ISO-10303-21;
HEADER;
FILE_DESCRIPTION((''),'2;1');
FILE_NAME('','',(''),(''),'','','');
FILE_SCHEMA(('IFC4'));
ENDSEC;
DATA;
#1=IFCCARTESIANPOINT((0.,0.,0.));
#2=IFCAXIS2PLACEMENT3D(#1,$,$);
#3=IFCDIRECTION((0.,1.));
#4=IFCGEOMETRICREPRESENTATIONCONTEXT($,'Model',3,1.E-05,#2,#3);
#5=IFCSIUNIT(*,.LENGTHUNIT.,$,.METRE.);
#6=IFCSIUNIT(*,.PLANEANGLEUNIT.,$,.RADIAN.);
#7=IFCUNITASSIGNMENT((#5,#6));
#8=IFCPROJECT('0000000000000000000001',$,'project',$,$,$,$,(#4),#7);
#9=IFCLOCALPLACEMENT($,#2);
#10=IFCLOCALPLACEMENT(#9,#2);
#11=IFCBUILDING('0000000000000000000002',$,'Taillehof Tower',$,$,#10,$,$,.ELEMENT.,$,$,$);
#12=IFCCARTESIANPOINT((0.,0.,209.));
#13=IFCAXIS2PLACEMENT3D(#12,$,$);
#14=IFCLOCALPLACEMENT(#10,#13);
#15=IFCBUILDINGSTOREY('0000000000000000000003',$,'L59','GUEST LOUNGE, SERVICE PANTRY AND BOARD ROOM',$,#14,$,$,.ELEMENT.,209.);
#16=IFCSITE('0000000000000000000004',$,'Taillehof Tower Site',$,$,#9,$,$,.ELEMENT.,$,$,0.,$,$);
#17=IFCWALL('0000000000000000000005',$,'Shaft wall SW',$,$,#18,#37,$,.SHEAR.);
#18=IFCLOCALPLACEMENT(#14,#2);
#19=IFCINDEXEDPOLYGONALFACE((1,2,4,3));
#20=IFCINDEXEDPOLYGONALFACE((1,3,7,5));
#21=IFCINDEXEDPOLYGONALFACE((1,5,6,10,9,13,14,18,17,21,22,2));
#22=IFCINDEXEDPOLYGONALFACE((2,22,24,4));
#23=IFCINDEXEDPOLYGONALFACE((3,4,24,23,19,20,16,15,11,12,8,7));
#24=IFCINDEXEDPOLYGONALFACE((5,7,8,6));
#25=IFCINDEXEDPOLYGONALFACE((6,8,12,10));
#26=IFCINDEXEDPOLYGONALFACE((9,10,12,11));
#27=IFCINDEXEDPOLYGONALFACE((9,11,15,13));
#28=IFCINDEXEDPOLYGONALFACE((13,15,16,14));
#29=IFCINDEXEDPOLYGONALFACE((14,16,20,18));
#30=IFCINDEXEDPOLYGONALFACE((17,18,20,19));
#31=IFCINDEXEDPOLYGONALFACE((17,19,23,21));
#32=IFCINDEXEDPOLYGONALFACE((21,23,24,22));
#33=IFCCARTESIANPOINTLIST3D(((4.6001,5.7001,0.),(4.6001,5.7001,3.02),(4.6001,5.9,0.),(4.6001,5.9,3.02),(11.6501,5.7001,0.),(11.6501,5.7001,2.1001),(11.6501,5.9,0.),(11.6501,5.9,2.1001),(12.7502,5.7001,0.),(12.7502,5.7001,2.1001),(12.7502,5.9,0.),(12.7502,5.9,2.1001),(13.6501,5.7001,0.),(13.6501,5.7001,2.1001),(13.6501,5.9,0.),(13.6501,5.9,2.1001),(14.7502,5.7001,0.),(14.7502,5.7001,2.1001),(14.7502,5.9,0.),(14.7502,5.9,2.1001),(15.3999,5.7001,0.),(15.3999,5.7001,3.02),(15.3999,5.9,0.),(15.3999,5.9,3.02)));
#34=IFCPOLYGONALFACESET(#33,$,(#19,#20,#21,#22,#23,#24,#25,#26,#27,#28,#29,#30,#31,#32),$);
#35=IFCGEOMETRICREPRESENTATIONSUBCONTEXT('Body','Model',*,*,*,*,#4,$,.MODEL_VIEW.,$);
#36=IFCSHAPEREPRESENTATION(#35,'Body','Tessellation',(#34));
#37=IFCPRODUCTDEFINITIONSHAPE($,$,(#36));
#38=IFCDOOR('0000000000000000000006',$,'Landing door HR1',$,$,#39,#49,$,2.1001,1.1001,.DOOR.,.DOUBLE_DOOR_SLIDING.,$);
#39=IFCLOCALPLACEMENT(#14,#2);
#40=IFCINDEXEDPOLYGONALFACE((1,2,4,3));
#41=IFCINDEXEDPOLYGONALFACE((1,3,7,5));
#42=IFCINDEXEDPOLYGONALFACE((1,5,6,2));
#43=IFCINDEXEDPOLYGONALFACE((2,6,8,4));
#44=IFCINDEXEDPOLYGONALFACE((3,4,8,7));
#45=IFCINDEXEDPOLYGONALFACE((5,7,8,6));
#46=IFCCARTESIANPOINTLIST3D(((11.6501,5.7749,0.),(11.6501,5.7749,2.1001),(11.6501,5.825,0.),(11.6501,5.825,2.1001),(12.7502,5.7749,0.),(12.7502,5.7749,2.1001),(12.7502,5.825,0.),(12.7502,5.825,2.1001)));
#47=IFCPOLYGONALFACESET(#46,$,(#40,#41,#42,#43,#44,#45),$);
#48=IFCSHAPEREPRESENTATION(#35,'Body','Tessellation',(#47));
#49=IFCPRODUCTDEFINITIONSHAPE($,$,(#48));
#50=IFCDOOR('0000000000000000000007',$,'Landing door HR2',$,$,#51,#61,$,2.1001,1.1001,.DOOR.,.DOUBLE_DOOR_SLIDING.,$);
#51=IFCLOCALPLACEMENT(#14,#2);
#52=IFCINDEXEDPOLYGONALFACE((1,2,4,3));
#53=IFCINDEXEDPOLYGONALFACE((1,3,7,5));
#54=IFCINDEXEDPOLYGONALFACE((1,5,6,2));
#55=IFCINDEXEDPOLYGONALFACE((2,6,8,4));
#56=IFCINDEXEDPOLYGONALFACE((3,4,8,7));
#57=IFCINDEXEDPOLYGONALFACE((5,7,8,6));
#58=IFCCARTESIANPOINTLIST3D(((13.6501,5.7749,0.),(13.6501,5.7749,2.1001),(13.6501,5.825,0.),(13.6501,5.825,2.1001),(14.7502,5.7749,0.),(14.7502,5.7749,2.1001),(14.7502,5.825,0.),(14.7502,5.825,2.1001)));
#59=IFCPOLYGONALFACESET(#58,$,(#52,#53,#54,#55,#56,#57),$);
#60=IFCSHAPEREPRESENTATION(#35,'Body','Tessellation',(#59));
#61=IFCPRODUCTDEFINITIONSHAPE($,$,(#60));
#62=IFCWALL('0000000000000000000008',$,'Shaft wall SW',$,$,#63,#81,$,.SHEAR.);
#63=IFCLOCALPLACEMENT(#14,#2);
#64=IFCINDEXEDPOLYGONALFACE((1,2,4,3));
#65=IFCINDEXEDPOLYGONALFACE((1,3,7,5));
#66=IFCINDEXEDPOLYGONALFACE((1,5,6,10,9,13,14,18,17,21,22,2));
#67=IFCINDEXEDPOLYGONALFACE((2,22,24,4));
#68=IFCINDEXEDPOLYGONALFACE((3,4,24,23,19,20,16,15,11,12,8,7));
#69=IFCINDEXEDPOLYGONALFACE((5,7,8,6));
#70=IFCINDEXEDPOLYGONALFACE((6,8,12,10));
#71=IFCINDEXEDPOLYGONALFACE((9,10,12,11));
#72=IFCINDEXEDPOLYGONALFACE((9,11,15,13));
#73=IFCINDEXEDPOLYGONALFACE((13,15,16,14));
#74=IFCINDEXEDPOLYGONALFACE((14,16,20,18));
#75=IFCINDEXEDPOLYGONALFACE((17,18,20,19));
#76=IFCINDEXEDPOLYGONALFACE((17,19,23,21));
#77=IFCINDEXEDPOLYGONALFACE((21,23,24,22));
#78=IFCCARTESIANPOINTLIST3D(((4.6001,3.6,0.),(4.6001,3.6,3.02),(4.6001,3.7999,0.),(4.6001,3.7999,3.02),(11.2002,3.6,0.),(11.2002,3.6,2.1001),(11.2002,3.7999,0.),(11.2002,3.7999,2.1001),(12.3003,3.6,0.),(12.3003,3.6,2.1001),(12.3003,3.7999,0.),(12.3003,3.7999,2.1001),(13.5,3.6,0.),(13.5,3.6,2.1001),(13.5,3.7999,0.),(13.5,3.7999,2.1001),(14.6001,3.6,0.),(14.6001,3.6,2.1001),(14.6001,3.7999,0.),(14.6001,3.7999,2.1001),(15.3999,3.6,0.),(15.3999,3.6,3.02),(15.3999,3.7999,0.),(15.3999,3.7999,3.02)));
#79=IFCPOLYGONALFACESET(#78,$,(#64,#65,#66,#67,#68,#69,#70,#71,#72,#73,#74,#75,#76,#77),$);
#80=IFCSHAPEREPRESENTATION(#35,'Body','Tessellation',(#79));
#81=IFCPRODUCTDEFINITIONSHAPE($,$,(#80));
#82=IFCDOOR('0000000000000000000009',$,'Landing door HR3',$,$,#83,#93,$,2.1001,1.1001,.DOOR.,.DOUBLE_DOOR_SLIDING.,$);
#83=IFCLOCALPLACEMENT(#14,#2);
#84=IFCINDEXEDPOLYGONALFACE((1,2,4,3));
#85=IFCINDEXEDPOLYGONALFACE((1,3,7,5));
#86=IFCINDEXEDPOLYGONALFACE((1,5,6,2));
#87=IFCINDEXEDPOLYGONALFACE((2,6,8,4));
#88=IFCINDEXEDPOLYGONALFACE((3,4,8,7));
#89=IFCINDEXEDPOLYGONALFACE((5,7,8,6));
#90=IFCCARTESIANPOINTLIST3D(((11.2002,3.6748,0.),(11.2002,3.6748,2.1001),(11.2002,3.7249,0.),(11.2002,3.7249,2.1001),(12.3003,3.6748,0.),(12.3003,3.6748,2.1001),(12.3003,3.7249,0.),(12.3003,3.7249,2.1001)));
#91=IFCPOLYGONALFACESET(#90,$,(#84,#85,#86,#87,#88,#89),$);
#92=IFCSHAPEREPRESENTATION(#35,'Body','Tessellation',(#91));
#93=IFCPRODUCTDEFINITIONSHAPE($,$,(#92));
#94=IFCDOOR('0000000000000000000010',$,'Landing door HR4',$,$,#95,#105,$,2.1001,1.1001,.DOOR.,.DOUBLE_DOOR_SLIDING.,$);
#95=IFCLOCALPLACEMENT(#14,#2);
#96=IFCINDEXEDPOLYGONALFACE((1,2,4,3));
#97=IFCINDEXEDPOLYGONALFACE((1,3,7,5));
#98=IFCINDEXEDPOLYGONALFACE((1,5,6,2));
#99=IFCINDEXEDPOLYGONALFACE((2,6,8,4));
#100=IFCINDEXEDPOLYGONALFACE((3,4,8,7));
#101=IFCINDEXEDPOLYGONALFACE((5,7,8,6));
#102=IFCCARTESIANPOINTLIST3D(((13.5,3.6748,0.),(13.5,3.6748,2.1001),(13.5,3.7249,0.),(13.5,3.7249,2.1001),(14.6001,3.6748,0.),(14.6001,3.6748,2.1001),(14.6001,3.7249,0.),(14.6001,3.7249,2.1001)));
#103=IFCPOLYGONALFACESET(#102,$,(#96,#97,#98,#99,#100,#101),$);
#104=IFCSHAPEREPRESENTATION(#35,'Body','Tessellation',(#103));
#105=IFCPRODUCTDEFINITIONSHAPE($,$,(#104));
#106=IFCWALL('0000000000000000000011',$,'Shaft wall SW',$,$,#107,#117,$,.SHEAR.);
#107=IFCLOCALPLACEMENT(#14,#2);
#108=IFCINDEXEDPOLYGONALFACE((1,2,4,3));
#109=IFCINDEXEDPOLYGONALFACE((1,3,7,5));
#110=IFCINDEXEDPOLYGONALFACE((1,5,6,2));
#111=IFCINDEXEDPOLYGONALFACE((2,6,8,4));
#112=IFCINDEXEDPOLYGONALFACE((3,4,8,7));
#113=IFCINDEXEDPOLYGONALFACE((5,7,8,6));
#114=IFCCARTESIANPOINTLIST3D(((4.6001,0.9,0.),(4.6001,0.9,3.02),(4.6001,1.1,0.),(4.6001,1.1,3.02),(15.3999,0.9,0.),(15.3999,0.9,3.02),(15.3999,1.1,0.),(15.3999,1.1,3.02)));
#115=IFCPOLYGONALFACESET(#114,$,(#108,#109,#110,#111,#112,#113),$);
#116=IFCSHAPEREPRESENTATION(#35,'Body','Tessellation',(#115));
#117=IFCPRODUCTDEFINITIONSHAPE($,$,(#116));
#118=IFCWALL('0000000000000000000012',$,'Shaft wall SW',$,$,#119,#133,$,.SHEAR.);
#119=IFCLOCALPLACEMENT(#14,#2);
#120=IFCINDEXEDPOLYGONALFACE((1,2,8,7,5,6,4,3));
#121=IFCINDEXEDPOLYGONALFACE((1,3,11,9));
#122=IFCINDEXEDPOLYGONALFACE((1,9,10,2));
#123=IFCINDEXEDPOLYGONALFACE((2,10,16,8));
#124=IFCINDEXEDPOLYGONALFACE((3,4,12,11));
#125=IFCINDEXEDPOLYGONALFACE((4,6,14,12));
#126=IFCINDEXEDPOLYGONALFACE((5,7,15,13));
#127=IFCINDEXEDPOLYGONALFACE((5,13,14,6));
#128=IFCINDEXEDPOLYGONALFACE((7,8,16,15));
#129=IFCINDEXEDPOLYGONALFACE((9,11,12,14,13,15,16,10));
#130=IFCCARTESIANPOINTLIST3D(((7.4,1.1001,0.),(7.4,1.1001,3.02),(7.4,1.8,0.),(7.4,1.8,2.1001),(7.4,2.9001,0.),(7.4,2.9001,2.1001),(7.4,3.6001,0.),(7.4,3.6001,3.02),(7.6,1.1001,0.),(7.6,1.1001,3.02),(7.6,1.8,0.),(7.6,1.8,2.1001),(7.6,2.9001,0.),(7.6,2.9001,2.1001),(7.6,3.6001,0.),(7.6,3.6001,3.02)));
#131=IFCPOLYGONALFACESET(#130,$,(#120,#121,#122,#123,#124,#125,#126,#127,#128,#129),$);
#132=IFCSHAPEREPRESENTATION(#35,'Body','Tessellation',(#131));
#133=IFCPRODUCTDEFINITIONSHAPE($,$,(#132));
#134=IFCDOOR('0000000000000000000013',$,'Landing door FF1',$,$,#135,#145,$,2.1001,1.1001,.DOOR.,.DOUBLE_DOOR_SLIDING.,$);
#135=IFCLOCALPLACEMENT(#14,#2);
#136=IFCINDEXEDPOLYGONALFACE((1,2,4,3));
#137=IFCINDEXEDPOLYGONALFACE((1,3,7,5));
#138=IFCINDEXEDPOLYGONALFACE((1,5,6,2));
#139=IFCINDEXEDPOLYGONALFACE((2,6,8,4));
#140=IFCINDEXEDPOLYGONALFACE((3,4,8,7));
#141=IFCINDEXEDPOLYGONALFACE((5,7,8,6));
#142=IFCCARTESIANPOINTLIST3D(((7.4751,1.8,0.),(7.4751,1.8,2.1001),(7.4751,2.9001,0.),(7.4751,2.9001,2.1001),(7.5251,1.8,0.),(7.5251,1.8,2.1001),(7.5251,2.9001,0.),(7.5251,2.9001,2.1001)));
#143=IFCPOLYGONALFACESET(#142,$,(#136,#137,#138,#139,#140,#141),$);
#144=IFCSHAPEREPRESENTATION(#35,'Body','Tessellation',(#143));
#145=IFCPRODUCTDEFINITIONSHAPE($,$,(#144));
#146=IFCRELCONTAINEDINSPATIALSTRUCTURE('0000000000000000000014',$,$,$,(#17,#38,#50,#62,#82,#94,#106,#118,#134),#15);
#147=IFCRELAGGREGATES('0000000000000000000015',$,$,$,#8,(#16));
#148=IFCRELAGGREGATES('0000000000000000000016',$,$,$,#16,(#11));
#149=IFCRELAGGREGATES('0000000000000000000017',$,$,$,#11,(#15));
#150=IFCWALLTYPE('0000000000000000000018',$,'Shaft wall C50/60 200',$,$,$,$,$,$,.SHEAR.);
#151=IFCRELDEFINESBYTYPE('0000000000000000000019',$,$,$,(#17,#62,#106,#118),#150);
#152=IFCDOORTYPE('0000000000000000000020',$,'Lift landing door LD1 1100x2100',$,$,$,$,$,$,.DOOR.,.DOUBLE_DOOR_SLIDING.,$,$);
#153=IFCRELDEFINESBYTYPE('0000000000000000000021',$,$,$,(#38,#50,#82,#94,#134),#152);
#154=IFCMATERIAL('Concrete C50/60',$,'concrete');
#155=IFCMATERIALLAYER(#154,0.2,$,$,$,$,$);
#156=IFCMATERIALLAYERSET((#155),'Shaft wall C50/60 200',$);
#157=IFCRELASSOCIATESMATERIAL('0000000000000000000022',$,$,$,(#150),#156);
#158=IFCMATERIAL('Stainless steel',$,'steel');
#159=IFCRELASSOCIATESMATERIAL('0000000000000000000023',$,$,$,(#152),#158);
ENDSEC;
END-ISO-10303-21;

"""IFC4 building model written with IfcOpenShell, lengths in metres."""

from ifc_helpers import new_model, si_unit, direction, frame, frame_2d, origin, place, context, subcontext, project, spatial, rectangle, extrude, material, layer, layer_set, type_object, element, fill, save


model = new_model("IFC4")

# Units and contexts
model_context = context("Model", 3, precision=1e-05, world=origin(), true_north=direction((0.0, 1.0)))
body_context = subcontext(model_context, "Body", "Model", "MODEL_VIEW")
ifc_project = project(units=[si_unit("LENGTHUNIT", "METRE"), si_unit("PLANEANGLEUNIT", "RADIAN")], contexts=[model_context])

# Site, building, storey
site_placement = place(None, origin())
site = spatial("IfcSite", under=ifc_project, at=site_placement, Name="Taillehof Tower Site", CompositionType="ELEMENT", RefElevation=0.0)
building_placement = place(site_placement, origin())
building = spatial("IfcBuilding", under=site, at=building_placement, Name="Taillehof Tower", CompositionType="ELEMENT")
storey_placement = place(building_placement, frame((0.0, 0.0, 209.0)))
storey = spatial("IfcBuildingStorey", under=building, at=storey_placement, Name="L59", Description="GUEST LOUNGE, SERVICE PANTRY AND BOARD ROOM", CompositionType="ELEMENT", Elevation=209.0)

# Walls, openings, doors
ifc_material_1 = material(Name="Concrete C50/60", Category="concrete")
ifc_layer_1 = layer(ifc_material_1, 0.2)
ifc_layer_set_1 = layer_set([ifc_layer_1], Name="Shaft wall C50/60 200")
wall_type_1 = type_object("IfcWallType", Name="Shaft wall C50/60 200", PredefinedType="SHEAR", material=ifc_layer_set_1)
wall_1_placement = place(storey_placement, frame((4.6001, 5.8, 0.0), z_axis=(0.0, 0.0, 1.0), x_axis=(1.0, 0.0, 0.0)))
wall_1 = element("IfcWall", 1, at=wall_1_placement, inside=storey, type_object=wall_type_1, Name="Shaft wall SW", PredefinedType="SHEAR", context=body_context, shape_type="SweptSolid", body=[
    extrude(rectangle(XDim=10.7998, YDim=0.2, at=frame_2d((5.3999, 0.0))), origin(), (0.0, 0.0, 1.0), 3.02),
])
opening_1_placement = place(wall_1_placement, frame((7.05, 0.0, 0.0)))
opening_1 = element("IfcOpeningElement", 2, at=opening_1_placement, cuts=wall_1, PredefinedType="OPENING", context=body_context, shape_type="SweptSolid", body=[
    extrude(rectangle(XDim=1.1001, YDim=2.1001, at=frame_2d((0.55, 1.05))), frame((0.0, 0.1099, 0.0), z_axis=(0.0, -1.0, 0.0), x_axis=(1.0, 0.0, 0.0)), (0.0, 0.0, 1.0), 0.22),
])
opening_2_placement = place(wall_1_placement, frame((9.05, 0.0, 0.0)))
opening_2 = element("IfcOpeningElement", 3, at=opening_2_placement, cuts=wall_1, PredefinedType="OPENING", context=body_context, shape_type="SweptSolid", body=[
    extrude(rectangle(XDim=1.1001, YDim=2.1001, at=frame_2d((0.55, 1.05))), frame((0.0, 0.1099, 0.0), z_axis=(0.0, -1.0, 0.0), x_axis=(1.0, 0.0, 0.0)), (0.0, 0.0, 1.0), 0.22),
])
ifc_material_2 = material(Name="Stainless steel", Category="steel")
door_type_1 = type_object("IfcDoorType", Name="Lift landing door LD1 1100x2100", OperationType="DOUBLE_DOOR_SLIDING", PredefinedType="DOOR", material=ifc_material_2)
door_1_placement = place(opening_1_placement, origin())
door_1 = element("IfcDoor", 4, at=door_1_placement, inside=storey, type_object=door_type_1, Name="Landing door HR1", OperationType="DOUBLE_DOOR_SLIDING", OverallHeight=2.1001, OverallWidth=1.1001, PredefinedType="DOOR", context=body_context, shape_type="SweptSolid", body=[
    extrude(rectangle(XDim=1.1001, YDim=2.1001, at=frame_2d((0.55, 1.05))), frame((0.0, 0.0249, 0.0), z_axis=(0.0, -1.0, 0.0), x_axis=(1.0, 0.0, 0.0)), (0.0, 0.0, 1.0), 0.05),
])
fill(opening_1, door_1)
door_2_placement = place(opening_2_placement, origin())
door_2 = element("IfcDoor", 5, at=door_2_placement, inside=storey, type_object=door_type_1, Name="Landing door HR2", OperationType="DOUBLE_DOOR_SLIDING", OverallHeight=2.1001, OverallWidth=1.1001, PredefinedType="DOOR", context=body_context, shape_type="SweptSolid", body=[
    extrude(rectangle(XDim=1.1001, YDim=2.1001, at=frame_2d((0.55, 1.05))), frame((0.0, 0.0249, 0.0), z_axis=(0.0, -1.0, 0.0), x_axis=(1.0, 0.0, 0.0)), (0.0, 0.0, 1.0), 0.05),
])
fill(opening_2, door_2)
wall_2_placement = place(storey_placement, frame((4.6001, 3.7, 0.0), z_axis=(0.0, 0.0, 1.0), x_axis=(1.0, 0.0, 0.0)))
wall_2 = element("IfcWall", 6, at=wall_2_placement, inside=storey, type_object=wall_type_1, Name="Shaft wall SW", PredefinedType="SHEAR", context=body_context, shape_type="SweptSolid", body=[
    extrude(rectangle(XDim=10.7998, YDim=0.2, at=frame_2d((5.3999, 0.0))), origin(), (0.0, 0.0, 1.0), 3.02),
])
opening_3_placement = place(wall_2_placement, frame((6.6001, 0.0, 0.0)))
opening_3 = element("IfcOpeningElement", 7, at=opening_3_placement, cuts=wall_2, PredefinedType="OPENING", context=body_context, shape_type="SweptSolid", body=[
    extrude(rectangle(XDim=1.1001, YDim=2.1001, at=frame_2d((0.55, 1.05))), frame((0.0, 0.1099, 0.0), z_axis=(0.0, -1.0, 0.0), x_axis=(1.0, 0.0, 0.0)), (0.0, 0.0, 1.0), 0.22),
])
opening_4_placement = place(wall_2_placement, frame((8.8999, 0.0, 0.0)))
opening_4 = element("IfcOpeningElement", 8, at=opening_4_placement, cuts=wall_2, PredefinedType="OPENING", context=body_context, shape_type="SweptSolid", body=[
    extrude(rectangle(XDim=1.1001, YDim=2.1001, at=frame_2d((0.55, 1.05))), frame((0.0, 0.1099, 0.0), z_axis=(0.0, -1.0, 0.0), x_axis=(1.0, 0.0, 0.0)), (0.0, 0.0, 1.0), 0.22),
])
door_3_placement = place(opening_3_placement, origin())
door_3 = element("IfcDoor", 9, at=door_3_placement, inside=storey, type_object=door_type_1, Name="Landing door HR3", OperationType="DOUBLE_DOOR_SLIDING", OverallHeight=2.1001, OverallWidth=1.1001, PredefinedType="DOOR", context=body_context, shape_type="SweptSolid", body=[
    extrude(rectangle(XDim=1.1001, YDim=2.1001, at=frame_2d((0.55, 1.05))), frame((0.0, 0.0249, 0.0), z_axis=(0.0, -1.0, 0.0), x_axis=(1.0, 0.0, 0.0)), (0.0, 0.0, 1.0), 0.05),
])
fill(opening_3, door_3)
door_4_placement = place(opening_4_placement, origin())
door_4 = element("IfcDoor", 10, at=door_4_placement, inside=storey, type_object=door_type_1, Name="Landing door HR4", OperationType="DOUBLE_DOOR_SLIDING", OverallHeight=2.1001, OverallWidth=1.1001, PredefinedType="DOOR", context=body_context, shape_type="SweptSolid", body=[
    extrude(rectangle(XDim=1.1001, YDim=2.1001, at=frame_2d((0.55, 1.05))), frame((0.0, 0.0249, 0.0), z_axis=(0.0, -1.0, 0.0), x_axis=(1.0, 0.0, 0.0)), (0.0, 0.0, 1.0), 0.05),
])
fill(opening_4, door_4)

# Wall
wall_3_placement = place(storey_placement, frame((4.6001, 1.0, 0.0), z_axis=(0.0, 0.0, 1.0), x_axis=(1.0, 0.0, 0.0)))
element("IfcWall", 11, at=wall_3_placement, inside=storey, type_object=wall_type_1, Name="Shaft wall SW", PredefinedType="SHEAR", context=body_context, shape_type="SweptSolid", body=[
    extrude(rectangle(XDim=10.7998, YDim=0.2, at=frame_2d((5.3999, 0.0))), origin(), (0.0, 0.0, 1.0), 3.02),
])

# Wall, opening, door
wall_4_placement = place(storey_placement, frame((7.5, 1.1001, 0.0), z_axis=(0.0, 0.0, 1.0), x_axis=(0.0, 1.0, 0.0)))
wall_4 = element("IfcWall", 12, at=wall_4_placement, inside=storey, type_object=wall_type_1, Name="Shaft wall SW", PredefinedType="SHEAR", context=body_context, shape_type="SweptSolid", body=[
    extrude(rectangle(XDim=2.5, YDim=0.2, at=frame_2d((1.25, 0.0))), origin(), (0.0, 0.0, 1.0), 3.02),
])
opening_5_placement = place(wall_4_placement, frame((0.7, 0.0, 0.0)))
opening_5 = element("IfcOpeningElement", 13, at=opening_5_placement, cuts=wall_4, PredefinedType="OPENING", context=body_context, shape_type="SweptSolid", body=[
    extrude(rectangle(XDim=1.1001, YDim=2.1001, at=frame_2d((0.55, 1.05))), frame((0.0, 0.1099, 0.0), z_axis=(0.0, -1.0, 0.0), x_axis=(1.0, 0.0, 0.0)), (0.0, 0.0, 1.0), 0.22),
])
door_5_placement = place(opening_5_placement, origin())
door_5 = element("IfcDoor", 14, at=door_5_placement, inside=storey, type_object=door_type_1, Name="Landing door FF1", OperationType="DOUBLE_DOOR_SLIDING", OverallHeight=2.1001, OverallWidth=1.1001, PredefinedType="DOOR", context=body_context, shape_type="SweptSolid", body=[
    extrude(rectangle(XDim=1.1001, YDim=2.1001, at=frame_2d((0.55, 1.05))), frame((0.0, 0.0249, 0.0), z_axis=(0.0, -1.0, 0.0), x_axis=(1.0, 0.0, 0.0)), (0.0, 0.0, 1.0), 0.05),
])
fill(opening_5, door_5)

save(model, "model.ifc")
